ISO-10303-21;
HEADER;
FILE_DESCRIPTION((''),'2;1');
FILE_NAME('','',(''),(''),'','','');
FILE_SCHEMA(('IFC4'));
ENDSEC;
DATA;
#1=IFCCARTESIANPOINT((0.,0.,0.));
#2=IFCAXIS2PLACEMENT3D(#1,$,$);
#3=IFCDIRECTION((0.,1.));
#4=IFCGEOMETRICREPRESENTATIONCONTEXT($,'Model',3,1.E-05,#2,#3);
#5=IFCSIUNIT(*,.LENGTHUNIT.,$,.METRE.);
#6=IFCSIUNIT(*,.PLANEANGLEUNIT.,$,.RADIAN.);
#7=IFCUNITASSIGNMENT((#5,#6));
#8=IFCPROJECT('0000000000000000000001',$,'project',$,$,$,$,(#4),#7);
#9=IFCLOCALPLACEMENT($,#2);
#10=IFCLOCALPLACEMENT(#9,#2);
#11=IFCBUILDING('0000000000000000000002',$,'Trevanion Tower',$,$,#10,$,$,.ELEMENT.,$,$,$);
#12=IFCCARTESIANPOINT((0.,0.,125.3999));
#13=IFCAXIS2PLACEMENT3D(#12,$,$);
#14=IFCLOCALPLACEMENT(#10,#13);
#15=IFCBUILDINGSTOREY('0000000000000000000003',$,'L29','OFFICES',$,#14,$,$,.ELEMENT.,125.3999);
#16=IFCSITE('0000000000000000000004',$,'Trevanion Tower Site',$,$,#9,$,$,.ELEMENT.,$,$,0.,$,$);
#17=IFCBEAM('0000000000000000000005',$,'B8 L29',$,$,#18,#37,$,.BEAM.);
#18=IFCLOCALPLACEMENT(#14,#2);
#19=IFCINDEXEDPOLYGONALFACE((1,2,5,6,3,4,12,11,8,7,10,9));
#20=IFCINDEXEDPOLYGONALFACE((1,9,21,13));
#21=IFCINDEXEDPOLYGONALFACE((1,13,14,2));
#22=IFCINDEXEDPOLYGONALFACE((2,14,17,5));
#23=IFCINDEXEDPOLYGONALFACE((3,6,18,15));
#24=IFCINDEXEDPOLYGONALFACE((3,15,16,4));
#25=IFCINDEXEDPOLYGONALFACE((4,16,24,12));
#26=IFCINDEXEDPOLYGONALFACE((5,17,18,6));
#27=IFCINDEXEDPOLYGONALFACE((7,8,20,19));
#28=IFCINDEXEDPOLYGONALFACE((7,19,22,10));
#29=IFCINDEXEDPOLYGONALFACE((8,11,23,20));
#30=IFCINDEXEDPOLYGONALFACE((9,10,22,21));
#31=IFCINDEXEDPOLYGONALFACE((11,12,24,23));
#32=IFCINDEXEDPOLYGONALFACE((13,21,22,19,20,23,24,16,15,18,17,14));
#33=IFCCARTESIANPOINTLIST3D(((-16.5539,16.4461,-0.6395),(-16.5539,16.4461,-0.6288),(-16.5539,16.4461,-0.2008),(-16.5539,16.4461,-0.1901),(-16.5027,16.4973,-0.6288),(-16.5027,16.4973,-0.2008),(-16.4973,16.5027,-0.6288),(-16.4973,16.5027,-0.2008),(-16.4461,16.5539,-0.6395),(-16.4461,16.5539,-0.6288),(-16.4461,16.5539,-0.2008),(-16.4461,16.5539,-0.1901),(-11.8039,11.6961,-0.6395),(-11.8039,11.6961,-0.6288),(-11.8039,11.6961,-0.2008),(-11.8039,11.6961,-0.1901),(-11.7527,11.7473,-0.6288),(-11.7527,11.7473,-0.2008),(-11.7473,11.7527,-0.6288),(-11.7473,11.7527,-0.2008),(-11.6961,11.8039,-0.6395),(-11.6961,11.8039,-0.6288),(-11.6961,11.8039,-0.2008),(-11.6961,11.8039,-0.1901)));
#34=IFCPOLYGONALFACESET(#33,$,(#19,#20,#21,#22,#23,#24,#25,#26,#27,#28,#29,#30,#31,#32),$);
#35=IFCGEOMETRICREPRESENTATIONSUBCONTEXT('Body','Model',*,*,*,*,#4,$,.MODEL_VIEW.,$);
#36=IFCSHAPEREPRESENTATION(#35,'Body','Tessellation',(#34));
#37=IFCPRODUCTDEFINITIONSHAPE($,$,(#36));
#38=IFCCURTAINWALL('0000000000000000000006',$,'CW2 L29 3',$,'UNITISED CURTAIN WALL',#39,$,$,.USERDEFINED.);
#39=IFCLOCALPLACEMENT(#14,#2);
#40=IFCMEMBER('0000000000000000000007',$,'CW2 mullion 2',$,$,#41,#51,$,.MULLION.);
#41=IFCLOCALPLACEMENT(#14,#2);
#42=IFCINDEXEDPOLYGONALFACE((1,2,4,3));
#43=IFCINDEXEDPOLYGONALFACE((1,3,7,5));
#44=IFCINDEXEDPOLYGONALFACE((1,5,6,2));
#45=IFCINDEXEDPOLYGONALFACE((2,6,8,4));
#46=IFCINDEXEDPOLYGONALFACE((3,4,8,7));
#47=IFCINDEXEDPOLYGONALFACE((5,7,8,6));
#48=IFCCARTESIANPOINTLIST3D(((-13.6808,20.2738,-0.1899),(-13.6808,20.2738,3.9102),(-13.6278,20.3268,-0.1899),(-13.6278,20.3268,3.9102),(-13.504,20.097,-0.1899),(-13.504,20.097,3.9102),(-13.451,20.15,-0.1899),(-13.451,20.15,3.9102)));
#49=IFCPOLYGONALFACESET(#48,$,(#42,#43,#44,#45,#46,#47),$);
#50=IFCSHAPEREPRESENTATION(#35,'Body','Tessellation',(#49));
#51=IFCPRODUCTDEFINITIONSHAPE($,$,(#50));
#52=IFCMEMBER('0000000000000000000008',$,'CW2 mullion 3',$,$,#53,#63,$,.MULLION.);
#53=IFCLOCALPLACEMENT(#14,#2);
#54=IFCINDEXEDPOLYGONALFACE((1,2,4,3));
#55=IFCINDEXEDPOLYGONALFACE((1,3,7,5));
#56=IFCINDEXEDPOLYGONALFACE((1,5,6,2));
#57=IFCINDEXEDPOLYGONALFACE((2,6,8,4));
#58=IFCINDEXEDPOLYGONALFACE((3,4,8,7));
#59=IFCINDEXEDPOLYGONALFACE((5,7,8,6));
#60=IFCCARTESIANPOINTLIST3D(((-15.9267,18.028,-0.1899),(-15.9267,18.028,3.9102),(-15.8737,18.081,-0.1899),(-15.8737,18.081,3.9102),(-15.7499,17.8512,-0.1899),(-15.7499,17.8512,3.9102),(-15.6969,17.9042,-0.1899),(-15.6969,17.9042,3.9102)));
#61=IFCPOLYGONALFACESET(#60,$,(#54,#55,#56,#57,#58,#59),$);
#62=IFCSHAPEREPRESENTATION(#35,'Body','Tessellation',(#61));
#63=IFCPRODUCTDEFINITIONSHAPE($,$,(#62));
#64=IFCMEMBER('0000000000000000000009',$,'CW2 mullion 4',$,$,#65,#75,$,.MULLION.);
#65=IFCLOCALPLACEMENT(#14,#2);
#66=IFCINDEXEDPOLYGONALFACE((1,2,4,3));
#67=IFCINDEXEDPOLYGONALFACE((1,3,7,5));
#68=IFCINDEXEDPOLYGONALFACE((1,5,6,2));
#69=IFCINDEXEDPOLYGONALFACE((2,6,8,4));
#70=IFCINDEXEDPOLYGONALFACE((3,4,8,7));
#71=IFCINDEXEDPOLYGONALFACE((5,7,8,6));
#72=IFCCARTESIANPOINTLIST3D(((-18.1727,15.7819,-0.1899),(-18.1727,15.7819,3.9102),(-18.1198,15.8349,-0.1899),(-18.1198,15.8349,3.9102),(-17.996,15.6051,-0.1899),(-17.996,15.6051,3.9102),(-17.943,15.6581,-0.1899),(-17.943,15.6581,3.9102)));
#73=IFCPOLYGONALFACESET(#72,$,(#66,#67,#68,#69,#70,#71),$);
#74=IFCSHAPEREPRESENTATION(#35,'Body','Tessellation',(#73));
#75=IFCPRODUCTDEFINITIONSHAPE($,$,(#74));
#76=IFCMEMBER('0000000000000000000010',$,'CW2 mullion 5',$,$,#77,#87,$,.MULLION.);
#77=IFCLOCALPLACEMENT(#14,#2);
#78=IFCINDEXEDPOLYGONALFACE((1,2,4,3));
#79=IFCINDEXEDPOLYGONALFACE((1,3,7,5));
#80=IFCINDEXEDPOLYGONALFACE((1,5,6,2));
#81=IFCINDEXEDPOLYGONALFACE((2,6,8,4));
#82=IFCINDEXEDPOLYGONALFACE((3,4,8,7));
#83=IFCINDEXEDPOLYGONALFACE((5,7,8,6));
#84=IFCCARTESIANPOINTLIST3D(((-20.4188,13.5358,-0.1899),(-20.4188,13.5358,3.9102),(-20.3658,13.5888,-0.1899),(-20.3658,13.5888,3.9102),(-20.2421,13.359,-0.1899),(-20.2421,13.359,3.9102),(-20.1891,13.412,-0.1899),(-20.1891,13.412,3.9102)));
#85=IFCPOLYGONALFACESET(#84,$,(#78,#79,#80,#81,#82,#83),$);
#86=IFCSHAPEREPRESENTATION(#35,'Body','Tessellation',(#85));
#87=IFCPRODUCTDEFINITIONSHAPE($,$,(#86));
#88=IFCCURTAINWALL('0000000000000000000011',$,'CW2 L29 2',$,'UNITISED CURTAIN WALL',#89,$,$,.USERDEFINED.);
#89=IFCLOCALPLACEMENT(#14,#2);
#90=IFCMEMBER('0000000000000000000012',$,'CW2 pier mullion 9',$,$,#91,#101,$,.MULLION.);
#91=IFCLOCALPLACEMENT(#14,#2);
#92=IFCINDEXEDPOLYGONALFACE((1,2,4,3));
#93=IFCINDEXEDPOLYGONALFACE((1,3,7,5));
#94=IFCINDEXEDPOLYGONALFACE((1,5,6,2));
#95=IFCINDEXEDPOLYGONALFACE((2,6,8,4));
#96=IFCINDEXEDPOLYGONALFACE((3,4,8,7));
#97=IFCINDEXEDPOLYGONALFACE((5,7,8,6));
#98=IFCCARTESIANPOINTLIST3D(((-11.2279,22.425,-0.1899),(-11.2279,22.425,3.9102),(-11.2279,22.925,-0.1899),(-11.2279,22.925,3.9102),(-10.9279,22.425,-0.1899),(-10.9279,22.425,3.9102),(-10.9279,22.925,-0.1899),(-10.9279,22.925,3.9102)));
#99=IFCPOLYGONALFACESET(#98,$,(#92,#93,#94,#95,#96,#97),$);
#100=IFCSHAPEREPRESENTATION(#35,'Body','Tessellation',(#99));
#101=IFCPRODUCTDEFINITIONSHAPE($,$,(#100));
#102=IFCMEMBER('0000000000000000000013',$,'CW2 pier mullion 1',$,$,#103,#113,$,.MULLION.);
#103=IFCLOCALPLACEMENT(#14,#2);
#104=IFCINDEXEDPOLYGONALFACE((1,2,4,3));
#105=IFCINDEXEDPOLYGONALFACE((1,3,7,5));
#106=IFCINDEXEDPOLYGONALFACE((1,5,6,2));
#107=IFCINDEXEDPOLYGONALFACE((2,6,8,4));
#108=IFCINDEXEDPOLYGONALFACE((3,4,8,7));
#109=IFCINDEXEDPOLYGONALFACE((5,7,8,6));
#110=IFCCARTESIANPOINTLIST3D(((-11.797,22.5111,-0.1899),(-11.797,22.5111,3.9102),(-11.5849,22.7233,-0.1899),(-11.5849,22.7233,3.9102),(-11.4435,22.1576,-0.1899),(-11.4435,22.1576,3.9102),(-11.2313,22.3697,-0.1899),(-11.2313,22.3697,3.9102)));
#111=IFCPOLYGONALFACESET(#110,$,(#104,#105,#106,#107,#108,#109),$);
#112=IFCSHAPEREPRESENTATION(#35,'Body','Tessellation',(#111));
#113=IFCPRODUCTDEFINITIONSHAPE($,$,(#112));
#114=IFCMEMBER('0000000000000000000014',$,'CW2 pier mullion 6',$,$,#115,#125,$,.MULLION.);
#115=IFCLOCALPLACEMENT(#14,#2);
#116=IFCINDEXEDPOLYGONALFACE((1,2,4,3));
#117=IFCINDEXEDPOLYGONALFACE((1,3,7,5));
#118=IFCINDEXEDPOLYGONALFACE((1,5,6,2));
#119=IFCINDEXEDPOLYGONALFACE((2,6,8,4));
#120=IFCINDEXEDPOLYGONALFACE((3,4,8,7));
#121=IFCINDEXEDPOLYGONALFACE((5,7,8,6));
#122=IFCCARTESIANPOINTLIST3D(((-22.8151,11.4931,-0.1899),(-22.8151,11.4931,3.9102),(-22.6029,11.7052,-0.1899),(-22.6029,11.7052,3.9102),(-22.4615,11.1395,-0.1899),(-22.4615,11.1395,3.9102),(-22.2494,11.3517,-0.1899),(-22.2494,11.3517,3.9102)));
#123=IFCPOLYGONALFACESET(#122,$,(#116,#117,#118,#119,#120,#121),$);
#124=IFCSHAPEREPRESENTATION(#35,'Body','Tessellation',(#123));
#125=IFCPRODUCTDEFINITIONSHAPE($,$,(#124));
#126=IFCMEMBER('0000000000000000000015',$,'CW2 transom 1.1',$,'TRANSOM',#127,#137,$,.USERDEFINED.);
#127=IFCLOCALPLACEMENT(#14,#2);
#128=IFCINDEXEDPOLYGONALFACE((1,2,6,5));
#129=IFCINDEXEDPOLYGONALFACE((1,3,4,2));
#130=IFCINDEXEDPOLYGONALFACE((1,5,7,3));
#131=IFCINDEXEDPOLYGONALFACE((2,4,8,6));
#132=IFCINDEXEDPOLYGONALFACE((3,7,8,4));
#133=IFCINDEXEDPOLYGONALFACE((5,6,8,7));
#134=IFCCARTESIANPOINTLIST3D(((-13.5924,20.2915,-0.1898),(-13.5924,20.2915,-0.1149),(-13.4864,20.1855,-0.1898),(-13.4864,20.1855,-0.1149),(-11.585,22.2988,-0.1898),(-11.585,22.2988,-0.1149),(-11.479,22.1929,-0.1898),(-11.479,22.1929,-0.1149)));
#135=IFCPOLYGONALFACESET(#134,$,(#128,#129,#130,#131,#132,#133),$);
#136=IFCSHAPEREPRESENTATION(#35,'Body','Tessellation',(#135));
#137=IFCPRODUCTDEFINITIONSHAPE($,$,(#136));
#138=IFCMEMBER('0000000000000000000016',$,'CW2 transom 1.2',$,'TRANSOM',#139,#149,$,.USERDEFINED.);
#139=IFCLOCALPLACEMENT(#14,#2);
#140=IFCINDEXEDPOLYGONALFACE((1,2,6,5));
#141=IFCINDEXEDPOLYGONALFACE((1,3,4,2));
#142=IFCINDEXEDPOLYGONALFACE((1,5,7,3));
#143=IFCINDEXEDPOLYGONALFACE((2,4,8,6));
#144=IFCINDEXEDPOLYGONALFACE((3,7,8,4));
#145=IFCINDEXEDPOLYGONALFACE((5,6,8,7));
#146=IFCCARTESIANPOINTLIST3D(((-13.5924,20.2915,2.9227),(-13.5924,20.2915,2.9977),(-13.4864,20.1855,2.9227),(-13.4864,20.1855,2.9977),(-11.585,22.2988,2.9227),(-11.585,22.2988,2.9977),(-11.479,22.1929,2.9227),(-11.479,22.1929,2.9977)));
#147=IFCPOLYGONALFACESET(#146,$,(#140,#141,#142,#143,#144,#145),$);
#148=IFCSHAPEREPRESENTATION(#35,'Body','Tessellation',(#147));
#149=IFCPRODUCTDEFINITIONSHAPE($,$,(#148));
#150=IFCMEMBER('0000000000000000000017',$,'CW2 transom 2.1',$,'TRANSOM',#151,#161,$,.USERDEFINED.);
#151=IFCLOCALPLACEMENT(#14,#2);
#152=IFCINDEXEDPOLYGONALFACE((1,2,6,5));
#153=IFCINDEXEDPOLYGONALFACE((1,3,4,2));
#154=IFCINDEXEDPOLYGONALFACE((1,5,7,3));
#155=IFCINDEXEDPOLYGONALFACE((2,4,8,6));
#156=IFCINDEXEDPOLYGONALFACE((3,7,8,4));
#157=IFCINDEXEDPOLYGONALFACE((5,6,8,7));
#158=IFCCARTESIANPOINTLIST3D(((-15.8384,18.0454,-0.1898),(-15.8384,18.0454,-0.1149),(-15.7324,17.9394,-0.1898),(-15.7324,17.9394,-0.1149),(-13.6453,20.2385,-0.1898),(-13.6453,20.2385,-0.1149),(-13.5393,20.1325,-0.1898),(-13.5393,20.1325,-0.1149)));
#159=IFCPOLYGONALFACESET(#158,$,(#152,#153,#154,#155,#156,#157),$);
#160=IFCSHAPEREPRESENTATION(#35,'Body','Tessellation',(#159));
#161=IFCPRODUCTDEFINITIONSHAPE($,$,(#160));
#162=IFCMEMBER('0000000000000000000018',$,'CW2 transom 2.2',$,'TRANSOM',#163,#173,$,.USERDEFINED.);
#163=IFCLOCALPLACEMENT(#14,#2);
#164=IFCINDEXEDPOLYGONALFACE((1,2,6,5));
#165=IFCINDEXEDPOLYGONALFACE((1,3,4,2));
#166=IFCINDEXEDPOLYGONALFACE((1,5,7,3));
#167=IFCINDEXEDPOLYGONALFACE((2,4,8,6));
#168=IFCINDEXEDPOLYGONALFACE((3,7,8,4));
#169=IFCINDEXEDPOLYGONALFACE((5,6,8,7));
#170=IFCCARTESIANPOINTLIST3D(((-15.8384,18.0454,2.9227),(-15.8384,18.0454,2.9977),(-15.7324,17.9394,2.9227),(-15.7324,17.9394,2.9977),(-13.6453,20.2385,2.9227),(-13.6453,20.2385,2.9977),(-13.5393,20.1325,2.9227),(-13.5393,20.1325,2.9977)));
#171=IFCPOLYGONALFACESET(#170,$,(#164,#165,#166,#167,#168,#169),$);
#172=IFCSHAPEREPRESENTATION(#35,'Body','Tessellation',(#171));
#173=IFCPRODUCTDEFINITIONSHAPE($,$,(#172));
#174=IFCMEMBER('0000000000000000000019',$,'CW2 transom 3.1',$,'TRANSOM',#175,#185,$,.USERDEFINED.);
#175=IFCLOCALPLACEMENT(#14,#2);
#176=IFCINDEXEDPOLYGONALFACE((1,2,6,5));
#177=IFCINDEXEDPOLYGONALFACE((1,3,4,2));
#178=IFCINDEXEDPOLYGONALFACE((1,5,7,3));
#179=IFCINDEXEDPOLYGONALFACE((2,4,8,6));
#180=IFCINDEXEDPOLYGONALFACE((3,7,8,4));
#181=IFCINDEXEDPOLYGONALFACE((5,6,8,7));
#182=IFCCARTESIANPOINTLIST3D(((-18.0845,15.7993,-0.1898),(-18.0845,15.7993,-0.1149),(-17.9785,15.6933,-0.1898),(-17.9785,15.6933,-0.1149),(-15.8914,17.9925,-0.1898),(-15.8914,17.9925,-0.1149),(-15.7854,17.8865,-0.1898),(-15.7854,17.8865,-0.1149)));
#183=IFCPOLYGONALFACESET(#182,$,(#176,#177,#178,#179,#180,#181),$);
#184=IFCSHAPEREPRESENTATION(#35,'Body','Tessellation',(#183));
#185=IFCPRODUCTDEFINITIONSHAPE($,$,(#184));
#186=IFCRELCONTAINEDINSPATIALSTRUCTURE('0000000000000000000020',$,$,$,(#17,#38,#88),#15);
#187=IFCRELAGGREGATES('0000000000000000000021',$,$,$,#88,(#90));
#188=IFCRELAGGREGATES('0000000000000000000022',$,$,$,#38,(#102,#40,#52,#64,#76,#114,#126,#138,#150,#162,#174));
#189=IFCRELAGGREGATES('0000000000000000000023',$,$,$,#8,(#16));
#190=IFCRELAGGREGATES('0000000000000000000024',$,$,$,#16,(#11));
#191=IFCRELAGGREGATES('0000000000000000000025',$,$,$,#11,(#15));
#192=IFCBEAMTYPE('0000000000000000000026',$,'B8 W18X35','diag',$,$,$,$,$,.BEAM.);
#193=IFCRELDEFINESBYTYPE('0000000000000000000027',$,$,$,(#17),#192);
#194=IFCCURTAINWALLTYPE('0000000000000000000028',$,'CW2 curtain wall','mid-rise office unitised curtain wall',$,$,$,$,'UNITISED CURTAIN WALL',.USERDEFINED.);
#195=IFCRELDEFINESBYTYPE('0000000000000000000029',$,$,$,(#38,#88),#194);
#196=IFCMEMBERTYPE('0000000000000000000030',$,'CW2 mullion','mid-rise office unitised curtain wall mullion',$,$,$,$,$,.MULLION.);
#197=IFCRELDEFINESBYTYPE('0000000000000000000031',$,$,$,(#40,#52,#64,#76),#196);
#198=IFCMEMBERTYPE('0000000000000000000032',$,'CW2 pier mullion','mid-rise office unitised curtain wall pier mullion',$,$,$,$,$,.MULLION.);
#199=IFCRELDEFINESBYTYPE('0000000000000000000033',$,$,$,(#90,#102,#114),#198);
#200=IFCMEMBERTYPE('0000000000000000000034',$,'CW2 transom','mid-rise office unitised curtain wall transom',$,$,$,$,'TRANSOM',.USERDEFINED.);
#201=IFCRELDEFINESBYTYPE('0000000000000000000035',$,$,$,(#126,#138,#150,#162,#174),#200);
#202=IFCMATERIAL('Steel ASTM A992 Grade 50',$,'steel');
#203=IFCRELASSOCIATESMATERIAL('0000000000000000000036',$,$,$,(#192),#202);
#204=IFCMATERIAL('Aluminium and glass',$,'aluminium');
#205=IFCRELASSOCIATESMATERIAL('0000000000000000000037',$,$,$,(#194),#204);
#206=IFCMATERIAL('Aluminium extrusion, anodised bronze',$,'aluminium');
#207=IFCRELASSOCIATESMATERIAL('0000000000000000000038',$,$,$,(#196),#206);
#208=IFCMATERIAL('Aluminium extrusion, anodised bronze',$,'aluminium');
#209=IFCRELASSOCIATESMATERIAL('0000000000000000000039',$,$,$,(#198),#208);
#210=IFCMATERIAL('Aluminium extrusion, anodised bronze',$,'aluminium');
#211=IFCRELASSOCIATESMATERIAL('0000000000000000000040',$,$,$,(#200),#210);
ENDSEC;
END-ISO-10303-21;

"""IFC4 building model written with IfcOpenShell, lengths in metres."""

from ifc_helpers import new_model, si_unit, direction, frame, origin, origin_2d, place, context, subcontext, project, spatial, rectangle, i_section, extrude, material, material_profile, profile_set, type_object, element, aggregate, save


model = new_model("IFC4")

# Units and contexts
model_context = context("Model", 3, precision=1e-05, world=origin(), true_north=direction((0.0, 1.0)))
body_context = subcontext(model_context, "Body", "Model", "MODEL_VIEW")
ifc_project = project(units=[si_unit("LENGTHUNIT", "METRE"), si_unit("PLANEANGLEUNIT", "RADIAN")], contexts=[model_context])

# Site, building, storey
site_placement = place(None, origin())
site = spatial("IfcSite", under=ifc_project, at=site_placement, Name="Trevanion Tower Site", CompositionType="ELEMENT", RefElevation=0.0)
building_placement = place(site_placement, origin())
building = spatial("IfcBuilding", under=site, at=building_placement, Name="Trevanion Tower", CompositionType="ELEMENT")
storey_placement = place(building_placement, frame((0.0, 0.0, 125.3999)))
storey = spatial("IfcBuildingStorey", under=building, at=storey_placement, Name="L29", Description="OFFICES", CompositionType="ELEMENT", Elevation=125.3999)

# Beam
ifc_material_1 = material(Name="Steel ASTM A992 Grade 50", Category="steel")
ifc_material_profile_1 = material_profile(ifc_material_1, i_section(OverallWidth=0.1523, OverallDepth=0.4495, WebThickness=0.0076, FlangeThickness=0.0107, at=origin_2d()), Name="W18X35")
ifc_profile_set_1 = profile_set([ifc_material_profile_1], Name="Steel ASTM A992 Grade 50")
beam_type_1 = type_object("IfcBeamType", Name="B8 W18X35", Description="diag", PredefinedType="BEAM", material=ifc_profile_set_1)
beam_1_placement = place(storey_placement, frame((-11.75, 11.75, -0.4148), z_axis=(-0.707107, 0.707107, 0.0), x_axis=(-0.707107, -0.707107, 0.0)))
element("IfcBeam", 1, at=beam_1_placement, inside=storey, type_object=beam_type_1, Name="B8 L29", PredefinedType="BEAM", context=body_context, shape_type="SweptSolid", body=[
    extrude(i_section(OverallWidth=0.1523, OverallDepth=0.4495, WebThickness=0.0076, FlangeThickness=0.0107, at=origin_2d()), origin(), (0.0, 0.0, 1.0), 6.7175),
])

# Curtain wall, members
ifc_material_2 = material(Name="Aluminium and glass", Category="aluminium")
curtain_wall_type = type_object("IfcCurtainWallType", Name="CW2 curtain wall", Description="mid-rise office unitised curtain wall", ElementType="UNITISED CURTAIN WALL", PredefinedType="USERDEFINED", material=ifc_material_2)
curtain_wall_1_placement = place(storey_placement, origin())
curtain_wall_1 = element("IfcCurtainWall", 2, at=curtain_wall_1_placement, inside=storey, type_object=curtain_wall_type, Name="CW2 L29 3", ObjectType="UNITISED CURTAIN WALL", PredefinedType="USERDEFINED")
ifc_material_3 = material(Name="Aluminium extrusion, anodised bronze", Category="aluminium")
ifc_material_profile_2 = material_profile(ifc_material_3, rectangle(XDim=0.075, YDim=0.25, at=origin_2d()), Name="CW2 mullion")
ifc_profile_set_2 = profile_set([ifc_material_profile_2], Name="Aluminium extrusion, anodised bronze")
member_type_1 = type_object("IfcMemberType", Name="CW2 mullion", Description="mid-rise office unitised curtain wall mullion", PredefinedType="MULLION", material=ifc_profile_set_2)
member_1_placement = place(storey_placement, frame((-13.5659, 20.2119, -0.1899), z_axis=(0.0, 0.0, 1.0), x_axis=(-0.707107, -0.707107, 0.0)))
member_1 = element("IfcMember", 3, at=member_1_placement, type_object=member_type_1, Name="CW2 mullion 2", PredefinedType="MULLION", context=body_context, shape_type="SweptSolid", body=[
    extrude(rectangle(XDim=0.075, YDim=0.25, at=origin_2d()), origin(), (0.0, 0.0, 1.0), 4.1001),
])
member_2_placement = place(storey_placement, frame((-15.8118, 17.9661, -0.1899), z_axis=(0.0, 0.0, 1.0), x_axis=(-0.707107, -0.707107, 0.0)))
member_2 = element("IfcMember", 4, at=member_2_placement, type_object=member_type_1, Name="CW2 mullion 3", PredefinedType="MULLION", context=body_context, shape_type="SweptSolid", body=[
    extrude(rectangle(XDim=0.075, YDim=0.25, at=origin_2d()), origin(), (0.0, 0.0, 1.0), 4.1001),
])
member_3_placement = place(storey_placement, frame((-18.0579, 15.72, -0.1899), z_axis=(0.0, 0.0, 1.0), x_axis=(-0.707107, -0.707107, 0.0)))
member_3 = element("IfcMember", 5, at=member_3_placement, type_object=member_type_1, Name="CW2 mullion 4", PredefinedType="MULLION", context=body_context, shape_type="SweptSolid", body=[
    extrude(rectangle(XDim=0.075, YDim=0.25, at=origin_2d()), origin(), (0.0, 0.0, 1.0), 4.1001),
])
member_4_placement = place(storey_placement, frame((-20.304, 13.4739, -0.1899), z_axis=(0.0, 0.0, 1.0), x_axis=(-0.707107, -0.707107, 0.0)))
member_4 = element("IfcMember", 6, at=member_4_placement, type_object=member_type_1, Name="CW2 mullion 5", PredefinedType="MULLION", context=body_context, shape_type="SweptSolid", body=[
    extrude(rectangle(XDim=0.075, YDim=0.25, at=origin_2d()), origin(), (0.0, 0.0, 1.0), 4.1001),
])

# Curtain wall, member
curtain_wall_2_placement = place(storey_placement, origin())
curtain_wall_2 = element("IfcCurtainWall", 7, at=curtain_wall_2_placement, inside=storey, type_object=curtain_wall_type, Name="CW2 L29 2", ObjectType="UNITISED CURTAIN WALL", PredefinedType="USERDEFINED")
ifc_material_4 = material(Name="Aluminium extrusion, anodised bronze", Category="aluminium")
ifc_material_profile_3 = material_profile(ifc_material_4, rectangle(XDim=0.3, YDim=0.5, at=origin_2d()), Name="CW2 pier mullion")
ifc_profile_set_3 = profile_set([ifc_material_profile_3], Name="Aluminium extrusion, anodised bronze")
member_type_2 = type_object("IfcMemberType", Name="CW2 pier mullion", Description="mid-rise office unitised curtain wall pier mullion", PredefinedType="MULLION", material=ifc_profile_set_3)
member_5_placement = place(storey_placement, frame((-11.0779, 22.675, -0.1899), z_axis=(0.0, 0.0, 1.0), x_axis=(-1.0, 0.0, 0.0)))
member_5 = element("IfcMember", 8, at=member_5_placement, type_object=member_type_2, Name="CW2 pier mullion 9", PredefinedType="MULLION", context=body_context, shape_type="SweptSolid", body=[
    extrude(rectangle(XDim=0.3, YDim=0.5, at=origin_2d()), origin(), (0.0, 0.0, 1.0), 4.1001),
])
aggregate(curtain_wall_2, [member_5])

# Members
member_6_placement = place(storey_placement, frame((-11.5142, 22.4404, -0.1899), z_axis=(0.0, 0.0, 1.0), x_axis=(-0.707107, -0.707107, 0.0)))
member_6 = element("IfcMember", 9, at=member_6_placement, type_object=member_type_2, Name="CW2 pier mullion 1", PredefinedType="MULLION", context=body_context, shape_type="SweptSolid", body=[
    extrude(rectangle(XDim=0.3, YDim=0.5, at=origin_2d()), origin(), (0.0, 0.0, 1.0), 4.1001),
])
member_7_placement = place(storey_placement, frame((-22.5322, 11.4224, -0.1899), z_axis=(0.0, 0.0, 1.0), x_axis=(-0.707107, -0.707107, 0.0)))
member_7 = element("IfcMember", 10, at=member_7_placement, type_object=member_type_2, Name="CW2 pier mullion 6", PredefinedType="MULLION", context=body_context, shape_type="SweptSolid", body=[
    extrude(rectangle(XDim=0.3, YDim=0.5, at=origin_2d()), origin(), (0.0, 0.0, 1.0), 4.1001),
])
ifc_material_5 = material(Name="Aluminium extrusion, anodised bronze", Category="aluminium")
ifc_material_profile_4 = material_profile(ifc_material_5, rectangle(XDim=0.1499, YDim=0.075, at=origin_2d()), Name="CW2 transom")
ifc_profile_set_4 = profile_set([ifc_material_profile_4], Name="Aluminium extrusion, anodised bronze")
member_type_3 = type_object("IfcMemberType", Name="CW2 transom", Description="mid-rise office unitised curtain wall transom", ElementType="TRANSOM", PredefinedType="USERDEFINED", material=ifc_profile_set_4)
member_8_placement = place(storey_placement, frame((-11.532, 22.2458, -0.1523), z_axis=(-0.707107, -0.707107, 0.0), x_axis=(0.707107, -0.707107, 0.0)))
member_8 = element("IfcMember", 11, at=member_8_placement, type_object=member_type_3, Name="CW2 transom 1.1", ObjectType="TRANSOM", PredefinedType="USERDEFINED", context=body_context, shape_type="SweptSolid", body=[
    extrude(rectangle(XDim=0.1499, YDim=0.075, at=origin_2d()), origin(), (0.0, 0.0, 1.0), 2.8389),
])
member_9_placement = place(storey_placement, frame((-11.532, 22.2458, 2.9602), z_axis=(-0.707107, -0.707107, 0.0), x_axis=(0.707107, -0.707107, 0.0)))
member_9 = element("IfcMember", 12, at=member_9_placement, type_object=member_type_3, Name="CW2 transom 1.2", ObjectType="TRANSOM", PredefinedType="USERDEFINED", context=body_context, shape_type="SweptSolid", body=[
    extrude(rectangle(XDim=0.1499, YDim=0.075, at=origin_2d()), origin(), (0.0, 0.0, 1.0), 2.8389),
])
member_10_placement = place(storey_placement, frame((-13.5923, 20.1855, -0.1523), z_axis=(-0.707107, -0.707107, 0.0), x_axis=(0.707107, -0.707107, 0.0)))
member_10 = element("IfcMember", 13, at=member_10_placement, type_object=member_type_3, Name="CW2 transom 2.1", ObjectType="TRANSOM", PredefinedType="USERDEFINED", context=body_context, shape_type="SweptSolid", body=[
    extrude(rectangle(XDim=0.1499, YDim=0.075, at=origin_2d()), origin(), (0.0, 0.0, 1.0), 3.1016),
])
member_11_placement = place(storey_placement, frame((-13.5923, 20.1855, 2.9602), z_axis=(-0.707107, -0.707107, 0.0), x_axis=(0.707107, -0.707107, 0.0)))
member_11 = element("IfcMember", 14, at=member_11_placement, type_object=member_type_3, Name="CW2 transom 2.2", ObjectType="TRANSOM", PredefinedType="USERDEFINED", context=body_context, shape_type="SweptSolid", body=[
    extrude(rectangle(XDim=0.1499, YDim=0.075, at=origin_2d()), origin(), (0.0, 0.0, 1.0), 3.1016),
])
member_12_placement = place(storey_placement, frame((-15.8384, 17.9395, -0.1523), z_axis=(-0.707107, -0.707107, 0.0), x_axis=(0.707107, -0.707107, 0.0)))
member_12 = element("IfcMember", 15, at=member_12_placement, type_object=member_type_3, Name="CW2 transom 3.1", ObjectType="TRANSOM", PredefinedType="USERDEFINED", context=body_context, shape_type="SweptSolid", body=[
    extrude(rectangle(XDim=0.1499, YDim=0.075, at=origin_2d()), origin(), (0.0, 0.0, 1.0), 3.1016),
])

aggregate(curtain_wall_1, [member_6, member_1, member_2, member_3, member_4, member_7, member_8, member_9, member_10, member_11, member_12])

save(model, "model.ifc")
